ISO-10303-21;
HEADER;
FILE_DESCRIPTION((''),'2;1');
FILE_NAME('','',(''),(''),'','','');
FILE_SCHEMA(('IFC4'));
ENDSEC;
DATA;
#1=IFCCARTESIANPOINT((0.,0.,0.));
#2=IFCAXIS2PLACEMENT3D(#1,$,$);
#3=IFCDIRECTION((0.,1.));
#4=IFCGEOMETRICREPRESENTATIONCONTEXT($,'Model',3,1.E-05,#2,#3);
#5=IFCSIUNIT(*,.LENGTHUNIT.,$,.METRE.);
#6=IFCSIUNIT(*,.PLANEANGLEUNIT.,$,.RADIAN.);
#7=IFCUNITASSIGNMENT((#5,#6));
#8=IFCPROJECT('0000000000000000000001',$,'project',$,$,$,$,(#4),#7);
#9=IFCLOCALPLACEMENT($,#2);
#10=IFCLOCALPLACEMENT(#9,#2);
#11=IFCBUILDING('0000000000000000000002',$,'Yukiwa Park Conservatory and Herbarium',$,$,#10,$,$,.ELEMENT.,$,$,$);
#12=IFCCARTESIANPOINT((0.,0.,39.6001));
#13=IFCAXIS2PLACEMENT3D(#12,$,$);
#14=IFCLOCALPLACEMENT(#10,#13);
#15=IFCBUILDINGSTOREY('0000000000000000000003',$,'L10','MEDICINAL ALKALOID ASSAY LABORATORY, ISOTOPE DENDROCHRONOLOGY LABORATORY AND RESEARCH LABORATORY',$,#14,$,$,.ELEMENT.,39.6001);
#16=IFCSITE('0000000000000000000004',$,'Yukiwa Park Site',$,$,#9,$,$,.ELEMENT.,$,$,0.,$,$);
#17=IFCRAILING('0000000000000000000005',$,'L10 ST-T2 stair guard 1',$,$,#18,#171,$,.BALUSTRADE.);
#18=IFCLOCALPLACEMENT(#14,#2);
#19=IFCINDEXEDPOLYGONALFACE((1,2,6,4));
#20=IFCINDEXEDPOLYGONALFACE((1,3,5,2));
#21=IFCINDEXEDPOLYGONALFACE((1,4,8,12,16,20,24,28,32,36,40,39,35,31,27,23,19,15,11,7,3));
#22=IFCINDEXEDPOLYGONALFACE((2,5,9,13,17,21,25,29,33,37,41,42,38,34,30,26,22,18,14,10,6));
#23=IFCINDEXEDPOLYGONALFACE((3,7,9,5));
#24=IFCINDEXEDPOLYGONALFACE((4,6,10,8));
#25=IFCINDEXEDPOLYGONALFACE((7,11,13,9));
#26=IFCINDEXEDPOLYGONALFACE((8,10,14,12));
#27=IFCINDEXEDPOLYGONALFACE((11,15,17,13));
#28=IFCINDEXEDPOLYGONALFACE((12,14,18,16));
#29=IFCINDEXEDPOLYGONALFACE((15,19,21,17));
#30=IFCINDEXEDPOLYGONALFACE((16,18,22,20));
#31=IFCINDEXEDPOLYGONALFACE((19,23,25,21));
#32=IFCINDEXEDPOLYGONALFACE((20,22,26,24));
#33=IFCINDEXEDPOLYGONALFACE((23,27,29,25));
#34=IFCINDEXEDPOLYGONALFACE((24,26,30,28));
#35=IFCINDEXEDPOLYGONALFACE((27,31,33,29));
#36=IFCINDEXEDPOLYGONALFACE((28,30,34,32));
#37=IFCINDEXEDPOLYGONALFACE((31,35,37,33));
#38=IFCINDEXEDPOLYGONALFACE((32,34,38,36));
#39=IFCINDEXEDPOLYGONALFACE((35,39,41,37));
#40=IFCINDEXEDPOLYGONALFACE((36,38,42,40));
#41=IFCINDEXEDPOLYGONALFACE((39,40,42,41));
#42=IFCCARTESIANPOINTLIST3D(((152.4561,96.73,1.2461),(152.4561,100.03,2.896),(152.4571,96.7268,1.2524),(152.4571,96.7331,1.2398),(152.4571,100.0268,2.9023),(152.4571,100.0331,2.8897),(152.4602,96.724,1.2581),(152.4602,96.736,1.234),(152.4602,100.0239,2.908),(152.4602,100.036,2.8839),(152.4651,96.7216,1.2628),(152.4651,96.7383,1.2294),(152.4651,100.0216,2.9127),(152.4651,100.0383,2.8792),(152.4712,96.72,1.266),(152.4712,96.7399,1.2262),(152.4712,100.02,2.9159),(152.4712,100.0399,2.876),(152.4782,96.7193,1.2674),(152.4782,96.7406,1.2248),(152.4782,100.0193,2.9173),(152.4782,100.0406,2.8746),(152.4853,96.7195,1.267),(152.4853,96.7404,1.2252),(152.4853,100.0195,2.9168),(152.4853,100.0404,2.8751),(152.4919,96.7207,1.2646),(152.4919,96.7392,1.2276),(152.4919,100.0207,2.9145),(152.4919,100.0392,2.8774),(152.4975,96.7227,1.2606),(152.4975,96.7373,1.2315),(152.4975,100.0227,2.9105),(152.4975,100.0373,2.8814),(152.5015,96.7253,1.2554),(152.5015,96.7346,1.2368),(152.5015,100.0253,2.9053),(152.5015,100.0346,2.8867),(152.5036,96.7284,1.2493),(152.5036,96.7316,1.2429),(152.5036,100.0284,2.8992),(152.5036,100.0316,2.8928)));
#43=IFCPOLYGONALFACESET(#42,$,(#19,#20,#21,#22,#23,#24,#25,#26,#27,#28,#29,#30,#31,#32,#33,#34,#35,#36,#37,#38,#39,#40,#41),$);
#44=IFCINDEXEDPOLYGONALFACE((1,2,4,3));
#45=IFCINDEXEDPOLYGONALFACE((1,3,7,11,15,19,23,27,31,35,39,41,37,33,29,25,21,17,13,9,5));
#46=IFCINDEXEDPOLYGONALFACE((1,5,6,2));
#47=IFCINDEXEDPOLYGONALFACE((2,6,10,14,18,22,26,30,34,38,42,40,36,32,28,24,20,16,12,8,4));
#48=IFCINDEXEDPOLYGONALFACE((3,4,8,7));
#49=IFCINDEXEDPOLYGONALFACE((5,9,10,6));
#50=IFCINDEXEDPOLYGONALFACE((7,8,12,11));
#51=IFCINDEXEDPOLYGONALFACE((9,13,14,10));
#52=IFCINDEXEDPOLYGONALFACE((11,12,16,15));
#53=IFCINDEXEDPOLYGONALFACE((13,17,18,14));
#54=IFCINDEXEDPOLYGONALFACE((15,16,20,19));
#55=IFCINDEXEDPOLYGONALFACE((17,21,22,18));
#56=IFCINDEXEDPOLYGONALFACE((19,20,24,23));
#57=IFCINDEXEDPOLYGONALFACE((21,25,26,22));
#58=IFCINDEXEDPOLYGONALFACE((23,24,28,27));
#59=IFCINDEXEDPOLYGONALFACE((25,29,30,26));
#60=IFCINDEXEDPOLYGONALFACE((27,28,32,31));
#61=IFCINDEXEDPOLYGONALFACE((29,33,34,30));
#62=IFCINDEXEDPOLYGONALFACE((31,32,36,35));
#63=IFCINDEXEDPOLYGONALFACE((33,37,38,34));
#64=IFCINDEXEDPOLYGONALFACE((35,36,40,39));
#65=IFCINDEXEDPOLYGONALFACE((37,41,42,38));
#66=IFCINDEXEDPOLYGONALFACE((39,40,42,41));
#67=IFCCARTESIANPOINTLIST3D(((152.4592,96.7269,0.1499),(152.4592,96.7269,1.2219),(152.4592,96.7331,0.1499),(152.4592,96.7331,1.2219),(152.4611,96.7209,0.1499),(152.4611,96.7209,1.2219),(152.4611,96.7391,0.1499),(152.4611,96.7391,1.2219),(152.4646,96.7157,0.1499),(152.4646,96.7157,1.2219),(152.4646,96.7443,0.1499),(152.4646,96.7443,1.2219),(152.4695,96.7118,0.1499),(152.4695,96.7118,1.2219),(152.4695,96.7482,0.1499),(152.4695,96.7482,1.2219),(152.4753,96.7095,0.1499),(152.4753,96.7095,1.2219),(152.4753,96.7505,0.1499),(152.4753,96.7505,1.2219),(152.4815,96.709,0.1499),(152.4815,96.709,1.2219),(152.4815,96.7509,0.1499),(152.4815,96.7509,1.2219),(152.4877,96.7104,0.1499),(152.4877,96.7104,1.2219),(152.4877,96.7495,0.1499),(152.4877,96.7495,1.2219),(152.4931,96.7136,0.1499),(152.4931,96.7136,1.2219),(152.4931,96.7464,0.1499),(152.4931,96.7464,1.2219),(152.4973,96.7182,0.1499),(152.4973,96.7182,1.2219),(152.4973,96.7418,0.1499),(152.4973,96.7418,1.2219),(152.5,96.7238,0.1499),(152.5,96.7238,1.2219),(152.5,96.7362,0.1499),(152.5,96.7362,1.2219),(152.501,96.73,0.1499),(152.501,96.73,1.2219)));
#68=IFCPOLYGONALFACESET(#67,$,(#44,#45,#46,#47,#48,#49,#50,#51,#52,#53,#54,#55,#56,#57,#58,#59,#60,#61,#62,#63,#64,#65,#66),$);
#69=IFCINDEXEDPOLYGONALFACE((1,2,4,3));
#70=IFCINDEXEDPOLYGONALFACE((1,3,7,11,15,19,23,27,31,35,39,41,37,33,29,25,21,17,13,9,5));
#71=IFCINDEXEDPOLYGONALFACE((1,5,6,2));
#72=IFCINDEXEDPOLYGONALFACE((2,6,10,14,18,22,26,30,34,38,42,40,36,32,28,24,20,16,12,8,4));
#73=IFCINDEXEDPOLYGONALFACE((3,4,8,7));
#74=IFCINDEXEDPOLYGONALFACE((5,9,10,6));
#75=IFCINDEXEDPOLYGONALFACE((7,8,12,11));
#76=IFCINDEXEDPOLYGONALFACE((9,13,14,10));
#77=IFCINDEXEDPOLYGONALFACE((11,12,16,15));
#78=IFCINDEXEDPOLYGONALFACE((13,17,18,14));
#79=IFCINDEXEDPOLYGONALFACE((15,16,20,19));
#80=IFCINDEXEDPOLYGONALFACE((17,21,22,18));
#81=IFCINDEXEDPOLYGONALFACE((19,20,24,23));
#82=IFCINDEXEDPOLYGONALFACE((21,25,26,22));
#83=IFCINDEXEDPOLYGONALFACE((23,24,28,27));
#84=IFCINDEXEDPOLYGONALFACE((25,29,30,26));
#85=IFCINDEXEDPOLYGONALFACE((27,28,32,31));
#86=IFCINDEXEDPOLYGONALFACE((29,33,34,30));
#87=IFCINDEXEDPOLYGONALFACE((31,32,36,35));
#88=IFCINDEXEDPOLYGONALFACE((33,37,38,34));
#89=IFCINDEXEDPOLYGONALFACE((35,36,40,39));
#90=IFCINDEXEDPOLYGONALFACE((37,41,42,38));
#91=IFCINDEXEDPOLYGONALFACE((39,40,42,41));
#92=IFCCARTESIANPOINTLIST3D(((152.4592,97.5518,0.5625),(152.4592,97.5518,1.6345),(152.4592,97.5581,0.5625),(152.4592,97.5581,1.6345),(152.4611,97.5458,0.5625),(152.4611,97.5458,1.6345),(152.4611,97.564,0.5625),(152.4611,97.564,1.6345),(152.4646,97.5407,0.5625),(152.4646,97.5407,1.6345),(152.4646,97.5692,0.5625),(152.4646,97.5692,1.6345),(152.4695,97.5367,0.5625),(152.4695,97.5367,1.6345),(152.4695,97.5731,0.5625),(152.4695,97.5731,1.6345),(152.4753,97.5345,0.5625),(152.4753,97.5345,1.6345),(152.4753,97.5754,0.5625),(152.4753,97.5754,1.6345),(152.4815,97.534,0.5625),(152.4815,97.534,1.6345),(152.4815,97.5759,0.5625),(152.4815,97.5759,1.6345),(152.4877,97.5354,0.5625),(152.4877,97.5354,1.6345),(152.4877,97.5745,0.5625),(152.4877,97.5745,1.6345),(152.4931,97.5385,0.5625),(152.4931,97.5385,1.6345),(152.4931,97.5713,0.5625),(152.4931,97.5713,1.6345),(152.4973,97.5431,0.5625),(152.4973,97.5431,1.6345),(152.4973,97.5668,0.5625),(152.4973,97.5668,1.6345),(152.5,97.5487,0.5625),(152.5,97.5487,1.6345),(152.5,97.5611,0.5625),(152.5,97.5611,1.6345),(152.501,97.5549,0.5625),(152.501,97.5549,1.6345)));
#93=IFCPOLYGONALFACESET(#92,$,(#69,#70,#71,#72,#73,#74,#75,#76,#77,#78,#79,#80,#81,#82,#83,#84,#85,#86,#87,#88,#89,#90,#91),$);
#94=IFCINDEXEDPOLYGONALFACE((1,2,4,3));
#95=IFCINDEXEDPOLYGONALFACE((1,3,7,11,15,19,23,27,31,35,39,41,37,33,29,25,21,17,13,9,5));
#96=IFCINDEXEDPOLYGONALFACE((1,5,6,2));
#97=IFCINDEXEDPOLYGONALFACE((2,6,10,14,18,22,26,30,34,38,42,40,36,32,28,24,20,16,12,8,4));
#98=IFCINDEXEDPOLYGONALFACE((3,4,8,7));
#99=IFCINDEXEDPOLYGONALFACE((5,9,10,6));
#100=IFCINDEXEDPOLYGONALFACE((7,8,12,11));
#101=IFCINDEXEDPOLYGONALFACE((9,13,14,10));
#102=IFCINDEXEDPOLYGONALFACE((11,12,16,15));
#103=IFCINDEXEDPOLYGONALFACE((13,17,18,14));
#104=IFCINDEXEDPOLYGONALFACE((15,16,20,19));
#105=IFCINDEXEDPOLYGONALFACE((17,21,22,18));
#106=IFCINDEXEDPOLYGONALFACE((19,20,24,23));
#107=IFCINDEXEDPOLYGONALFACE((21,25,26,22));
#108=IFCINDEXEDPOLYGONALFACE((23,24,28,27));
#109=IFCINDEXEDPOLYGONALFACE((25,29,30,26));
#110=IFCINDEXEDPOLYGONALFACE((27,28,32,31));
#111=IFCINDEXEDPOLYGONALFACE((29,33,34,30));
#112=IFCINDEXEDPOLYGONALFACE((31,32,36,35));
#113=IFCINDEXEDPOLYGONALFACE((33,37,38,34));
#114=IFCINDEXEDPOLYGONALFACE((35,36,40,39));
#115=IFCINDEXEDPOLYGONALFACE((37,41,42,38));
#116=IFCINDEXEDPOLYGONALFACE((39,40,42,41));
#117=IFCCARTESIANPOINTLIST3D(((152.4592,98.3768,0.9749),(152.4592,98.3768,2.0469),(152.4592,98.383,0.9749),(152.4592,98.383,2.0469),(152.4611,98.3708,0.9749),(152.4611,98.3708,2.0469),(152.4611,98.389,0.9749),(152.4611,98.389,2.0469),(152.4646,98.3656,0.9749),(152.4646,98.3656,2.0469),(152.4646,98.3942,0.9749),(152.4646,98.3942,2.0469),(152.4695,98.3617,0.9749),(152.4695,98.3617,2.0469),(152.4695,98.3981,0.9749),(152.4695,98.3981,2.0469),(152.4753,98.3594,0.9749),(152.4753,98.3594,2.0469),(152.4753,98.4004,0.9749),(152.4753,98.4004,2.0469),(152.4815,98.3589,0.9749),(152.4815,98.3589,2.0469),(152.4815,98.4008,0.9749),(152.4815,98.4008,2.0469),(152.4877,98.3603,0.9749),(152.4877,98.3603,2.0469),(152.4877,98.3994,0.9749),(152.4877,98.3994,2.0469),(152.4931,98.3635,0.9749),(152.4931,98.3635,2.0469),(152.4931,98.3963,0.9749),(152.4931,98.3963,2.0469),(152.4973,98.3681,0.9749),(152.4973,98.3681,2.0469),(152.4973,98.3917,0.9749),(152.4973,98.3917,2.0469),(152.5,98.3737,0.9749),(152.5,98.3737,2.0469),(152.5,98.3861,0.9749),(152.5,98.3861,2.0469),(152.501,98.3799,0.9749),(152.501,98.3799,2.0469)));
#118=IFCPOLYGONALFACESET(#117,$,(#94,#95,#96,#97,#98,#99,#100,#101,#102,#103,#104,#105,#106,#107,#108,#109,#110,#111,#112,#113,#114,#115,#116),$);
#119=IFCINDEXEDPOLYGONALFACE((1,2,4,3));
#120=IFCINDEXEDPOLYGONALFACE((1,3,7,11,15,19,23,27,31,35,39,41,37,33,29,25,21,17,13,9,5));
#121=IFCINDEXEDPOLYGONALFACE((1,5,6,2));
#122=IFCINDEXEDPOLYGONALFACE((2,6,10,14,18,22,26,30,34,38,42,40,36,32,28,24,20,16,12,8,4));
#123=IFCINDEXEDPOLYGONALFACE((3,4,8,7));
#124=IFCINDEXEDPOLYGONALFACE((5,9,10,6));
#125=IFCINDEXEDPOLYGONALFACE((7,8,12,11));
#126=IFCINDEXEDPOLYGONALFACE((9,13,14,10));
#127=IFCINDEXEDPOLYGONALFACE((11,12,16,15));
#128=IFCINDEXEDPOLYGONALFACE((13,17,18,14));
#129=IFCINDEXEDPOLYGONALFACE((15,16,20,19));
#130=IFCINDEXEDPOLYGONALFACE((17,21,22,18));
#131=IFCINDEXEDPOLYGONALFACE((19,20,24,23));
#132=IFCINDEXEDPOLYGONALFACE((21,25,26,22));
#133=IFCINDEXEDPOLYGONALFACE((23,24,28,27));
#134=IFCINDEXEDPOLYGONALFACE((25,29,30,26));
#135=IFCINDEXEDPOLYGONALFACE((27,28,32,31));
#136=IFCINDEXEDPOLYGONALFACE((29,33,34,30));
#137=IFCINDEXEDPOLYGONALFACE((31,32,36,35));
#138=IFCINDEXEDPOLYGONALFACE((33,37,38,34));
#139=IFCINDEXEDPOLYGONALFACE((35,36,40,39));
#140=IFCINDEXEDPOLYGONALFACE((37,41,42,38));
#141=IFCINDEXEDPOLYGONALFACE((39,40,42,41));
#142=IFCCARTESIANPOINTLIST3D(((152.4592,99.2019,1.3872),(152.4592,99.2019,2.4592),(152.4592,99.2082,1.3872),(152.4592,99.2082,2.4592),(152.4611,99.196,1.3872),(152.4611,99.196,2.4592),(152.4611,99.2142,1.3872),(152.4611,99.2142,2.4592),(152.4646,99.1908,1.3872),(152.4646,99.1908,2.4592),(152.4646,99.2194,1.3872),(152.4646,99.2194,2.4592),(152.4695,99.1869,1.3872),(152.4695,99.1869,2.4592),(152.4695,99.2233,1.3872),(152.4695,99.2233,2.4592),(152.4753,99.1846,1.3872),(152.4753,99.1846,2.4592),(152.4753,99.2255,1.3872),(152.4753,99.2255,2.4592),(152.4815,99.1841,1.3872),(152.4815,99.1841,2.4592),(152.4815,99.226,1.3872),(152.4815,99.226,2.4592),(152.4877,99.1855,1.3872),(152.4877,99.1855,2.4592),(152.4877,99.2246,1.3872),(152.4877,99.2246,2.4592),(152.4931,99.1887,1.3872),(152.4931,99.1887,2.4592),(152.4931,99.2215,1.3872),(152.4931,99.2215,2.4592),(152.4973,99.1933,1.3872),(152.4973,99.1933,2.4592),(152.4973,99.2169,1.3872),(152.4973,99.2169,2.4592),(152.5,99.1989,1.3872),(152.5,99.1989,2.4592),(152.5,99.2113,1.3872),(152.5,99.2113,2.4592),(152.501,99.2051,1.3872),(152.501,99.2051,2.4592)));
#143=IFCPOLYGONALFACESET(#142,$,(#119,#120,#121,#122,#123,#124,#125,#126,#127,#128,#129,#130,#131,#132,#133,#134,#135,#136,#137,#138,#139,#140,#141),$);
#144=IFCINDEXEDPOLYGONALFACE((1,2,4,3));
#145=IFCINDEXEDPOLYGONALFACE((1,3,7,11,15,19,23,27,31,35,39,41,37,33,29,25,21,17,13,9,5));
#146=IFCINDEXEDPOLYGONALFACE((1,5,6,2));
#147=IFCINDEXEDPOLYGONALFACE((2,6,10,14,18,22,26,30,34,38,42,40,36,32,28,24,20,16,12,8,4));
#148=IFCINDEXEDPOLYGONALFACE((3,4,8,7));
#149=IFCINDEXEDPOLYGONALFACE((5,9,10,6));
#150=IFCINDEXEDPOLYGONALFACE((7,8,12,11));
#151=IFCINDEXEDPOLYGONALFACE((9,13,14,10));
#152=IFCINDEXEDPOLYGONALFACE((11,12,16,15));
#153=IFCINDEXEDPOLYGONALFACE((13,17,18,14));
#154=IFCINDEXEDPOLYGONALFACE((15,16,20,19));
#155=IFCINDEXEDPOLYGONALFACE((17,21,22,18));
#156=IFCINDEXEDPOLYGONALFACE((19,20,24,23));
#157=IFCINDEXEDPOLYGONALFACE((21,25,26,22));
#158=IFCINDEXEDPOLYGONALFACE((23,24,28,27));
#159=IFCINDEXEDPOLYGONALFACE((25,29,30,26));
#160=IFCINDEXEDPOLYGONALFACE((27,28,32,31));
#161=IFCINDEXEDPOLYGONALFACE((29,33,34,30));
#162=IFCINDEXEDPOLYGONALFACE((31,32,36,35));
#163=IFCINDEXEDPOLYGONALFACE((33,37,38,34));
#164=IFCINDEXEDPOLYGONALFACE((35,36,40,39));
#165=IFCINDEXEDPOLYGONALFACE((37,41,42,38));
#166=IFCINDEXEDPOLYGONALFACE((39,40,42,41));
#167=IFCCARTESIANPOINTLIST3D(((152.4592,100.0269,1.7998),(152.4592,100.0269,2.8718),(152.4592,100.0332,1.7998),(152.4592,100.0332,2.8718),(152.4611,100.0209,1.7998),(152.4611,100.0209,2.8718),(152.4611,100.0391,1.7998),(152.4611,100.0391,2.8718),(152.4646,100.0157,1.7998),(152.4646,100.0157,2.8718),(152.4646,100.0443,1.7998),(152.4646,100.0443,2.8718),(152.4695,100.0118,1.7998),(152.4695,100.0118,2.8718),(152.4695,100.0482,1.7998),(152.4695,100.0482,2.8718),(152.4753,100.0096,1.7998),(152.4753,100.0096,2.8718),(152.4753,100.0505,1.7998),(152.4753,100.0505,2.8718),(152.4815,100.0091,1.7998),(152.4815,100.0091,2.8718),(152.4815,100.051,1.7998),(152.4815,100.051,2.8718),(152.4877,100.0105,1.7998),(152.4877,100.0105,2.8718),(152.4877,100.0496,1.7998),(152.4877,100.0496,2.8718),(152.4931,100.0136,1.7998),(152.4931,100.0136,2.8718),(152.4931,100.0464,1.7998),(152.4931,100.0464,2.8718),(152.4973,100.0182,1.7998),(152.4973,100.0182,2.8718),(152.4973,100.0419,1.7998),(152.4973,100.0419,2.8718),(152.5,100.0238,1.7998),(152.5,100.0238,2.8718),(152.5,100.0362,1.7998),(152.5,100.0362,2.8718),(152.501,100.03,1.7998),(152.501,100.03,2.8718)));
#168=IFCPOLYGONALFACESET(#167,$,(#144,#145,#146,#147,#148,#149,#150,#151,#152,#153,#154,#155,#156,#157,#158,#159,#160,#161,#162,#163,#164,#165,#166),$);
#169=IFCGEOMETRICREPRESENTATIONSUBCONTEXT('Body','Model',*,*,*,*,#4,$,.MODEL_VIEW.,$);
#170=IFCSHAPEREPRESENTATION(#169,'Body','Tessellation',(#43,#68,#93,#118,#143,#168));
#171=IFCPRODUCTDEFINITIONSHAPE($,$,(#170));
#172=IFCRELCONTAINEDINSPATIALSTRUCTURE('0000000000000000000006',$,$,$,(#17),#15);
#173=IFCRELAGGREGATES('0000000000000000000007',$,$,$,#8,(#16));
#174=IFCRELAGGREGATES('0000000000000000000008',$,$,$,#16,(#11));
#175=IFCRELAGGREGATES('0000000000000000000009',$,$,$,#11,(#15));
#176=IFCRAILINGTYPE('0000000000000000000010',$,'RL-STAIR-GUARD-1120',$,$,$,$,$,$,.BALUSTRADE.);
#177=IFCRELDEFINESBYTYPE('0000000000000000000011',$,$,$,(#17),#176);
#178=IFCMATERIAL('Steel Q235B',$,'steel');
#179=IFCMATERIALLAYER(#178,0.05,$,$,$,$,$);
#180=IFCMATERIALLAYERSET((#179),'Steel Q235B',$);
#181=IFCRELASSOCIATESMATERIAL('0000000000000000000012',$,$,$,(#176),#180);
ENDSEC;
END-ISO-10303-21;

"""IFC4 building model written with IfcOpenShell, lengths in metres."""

from ifc_helpers import new_model, si_unit, direction, frame, origin, origin_2d, place, context, subcontext, project, spatial, circle, extrude, material, layer, layer_set, type_object, element, save


model = new_model("IFC4")

# Units and contexts
model_context = context("Model", 3, precision=1e-05, world=origin(), true_north=direction((0.0, 1.0)))
body_context = subcontext(model_context, "Body", "Model", "MODEL_VIEW")
ifc_project = project(units=[si_unit("LENGTHUNIT", "METRE"), si_unit("PLANEANGLEUNIT", "RADIAN")], contexts=[model_context])

# Site, building, storey
site_placement = place(None, origin())
site = spatial("IfcSite", under=ifc_project, at=site_placement, Name="Yukiwa Park Site", CompositionType="ELEMENT", RefElevation=0.0)
building_placement = place(site_placement, origin())
building = spatial("IfcBuilding", under=site, at=building_placement, Name="Yukiwa Park Conservatory and Herbarium", CompositionType="ELEMENT")
storey_placement = place(building_placement, frame((0.0, 0.0, 39.6001)))
storey = spatial("IfcBuildingStorey", under=building, at=storey_placement, Name="L10", Description="MEDICINAL ALKALOID ASSAY LABORATORY, ISOTOPE DENDROCHRONOLOGY LABORATORY AND RESEARCH LABORATORY", CompositionType="ELEMENT", Elevation=39.6001)

# Railing
ifc_material_1 = material(Name="Steel Q235B", Category="steel")
ifc_layer_1 = layer(ifc_material_1, 0.05)
ifc_layer_set_1 = layer_set([ifc_layer_1], Name="Steel Q235B")
railing_type_1 = type_object("IfcRailingType", Name="RL-STAIR-GUARD-1120", PredefinedType="BALUSTRADE", material=ifc_layer_set_1)
railing_1_placement = place(storey_placement, frame((152.48, 96.73, 0.1499)))
element("IfcRailing", 1, at=railing_1_placement, inside=storey, type_object=railing_type_1, Name="L10 ST-T2 stair guard 1", PredefinedType="BALUSTRADE", context=body_context, shape_type="SweptSolid", body=[
    extrude(circle(Radius=0.0239, at=origin_2d()), frame((0.0, 0.0, 1.0962), z_axis=(0.0, 0.89444, 0.447187), x_axis=(-1.0, 0.0, 0.0)), (0.0, 0.0, 1.0), 3.6895),
    extrude(circle(Radius=0.021, at=origin_2d()), origin(), (0.0, 0.0, 1.0), 1.072),
    extrude(circle(Radius=0.021, at=origin_2d()), frame((0.0, 0.825, 0.4126)), (0.0, 0.0, 1.0), 1.072),
    extrude(circle(Radius=0.021, at=origin_2d()), frame((0.0, 1.6499, 0.825)), (0.0, 0.0, 1.0), 1.072),
    extrude(circle(Radius=0.021, at=origin_2d()), frame((0.0, 2.4751, 1.2373)), (0.0, 0.0, 1.0), 1.072),
    extrude(circle(Radius=0.021, at=origin_2d()), frame((0.0, 3.3, 1.6499)), (0.0, 0.0, 1.0), 1.072),
])

save(model, "model.ifc")
